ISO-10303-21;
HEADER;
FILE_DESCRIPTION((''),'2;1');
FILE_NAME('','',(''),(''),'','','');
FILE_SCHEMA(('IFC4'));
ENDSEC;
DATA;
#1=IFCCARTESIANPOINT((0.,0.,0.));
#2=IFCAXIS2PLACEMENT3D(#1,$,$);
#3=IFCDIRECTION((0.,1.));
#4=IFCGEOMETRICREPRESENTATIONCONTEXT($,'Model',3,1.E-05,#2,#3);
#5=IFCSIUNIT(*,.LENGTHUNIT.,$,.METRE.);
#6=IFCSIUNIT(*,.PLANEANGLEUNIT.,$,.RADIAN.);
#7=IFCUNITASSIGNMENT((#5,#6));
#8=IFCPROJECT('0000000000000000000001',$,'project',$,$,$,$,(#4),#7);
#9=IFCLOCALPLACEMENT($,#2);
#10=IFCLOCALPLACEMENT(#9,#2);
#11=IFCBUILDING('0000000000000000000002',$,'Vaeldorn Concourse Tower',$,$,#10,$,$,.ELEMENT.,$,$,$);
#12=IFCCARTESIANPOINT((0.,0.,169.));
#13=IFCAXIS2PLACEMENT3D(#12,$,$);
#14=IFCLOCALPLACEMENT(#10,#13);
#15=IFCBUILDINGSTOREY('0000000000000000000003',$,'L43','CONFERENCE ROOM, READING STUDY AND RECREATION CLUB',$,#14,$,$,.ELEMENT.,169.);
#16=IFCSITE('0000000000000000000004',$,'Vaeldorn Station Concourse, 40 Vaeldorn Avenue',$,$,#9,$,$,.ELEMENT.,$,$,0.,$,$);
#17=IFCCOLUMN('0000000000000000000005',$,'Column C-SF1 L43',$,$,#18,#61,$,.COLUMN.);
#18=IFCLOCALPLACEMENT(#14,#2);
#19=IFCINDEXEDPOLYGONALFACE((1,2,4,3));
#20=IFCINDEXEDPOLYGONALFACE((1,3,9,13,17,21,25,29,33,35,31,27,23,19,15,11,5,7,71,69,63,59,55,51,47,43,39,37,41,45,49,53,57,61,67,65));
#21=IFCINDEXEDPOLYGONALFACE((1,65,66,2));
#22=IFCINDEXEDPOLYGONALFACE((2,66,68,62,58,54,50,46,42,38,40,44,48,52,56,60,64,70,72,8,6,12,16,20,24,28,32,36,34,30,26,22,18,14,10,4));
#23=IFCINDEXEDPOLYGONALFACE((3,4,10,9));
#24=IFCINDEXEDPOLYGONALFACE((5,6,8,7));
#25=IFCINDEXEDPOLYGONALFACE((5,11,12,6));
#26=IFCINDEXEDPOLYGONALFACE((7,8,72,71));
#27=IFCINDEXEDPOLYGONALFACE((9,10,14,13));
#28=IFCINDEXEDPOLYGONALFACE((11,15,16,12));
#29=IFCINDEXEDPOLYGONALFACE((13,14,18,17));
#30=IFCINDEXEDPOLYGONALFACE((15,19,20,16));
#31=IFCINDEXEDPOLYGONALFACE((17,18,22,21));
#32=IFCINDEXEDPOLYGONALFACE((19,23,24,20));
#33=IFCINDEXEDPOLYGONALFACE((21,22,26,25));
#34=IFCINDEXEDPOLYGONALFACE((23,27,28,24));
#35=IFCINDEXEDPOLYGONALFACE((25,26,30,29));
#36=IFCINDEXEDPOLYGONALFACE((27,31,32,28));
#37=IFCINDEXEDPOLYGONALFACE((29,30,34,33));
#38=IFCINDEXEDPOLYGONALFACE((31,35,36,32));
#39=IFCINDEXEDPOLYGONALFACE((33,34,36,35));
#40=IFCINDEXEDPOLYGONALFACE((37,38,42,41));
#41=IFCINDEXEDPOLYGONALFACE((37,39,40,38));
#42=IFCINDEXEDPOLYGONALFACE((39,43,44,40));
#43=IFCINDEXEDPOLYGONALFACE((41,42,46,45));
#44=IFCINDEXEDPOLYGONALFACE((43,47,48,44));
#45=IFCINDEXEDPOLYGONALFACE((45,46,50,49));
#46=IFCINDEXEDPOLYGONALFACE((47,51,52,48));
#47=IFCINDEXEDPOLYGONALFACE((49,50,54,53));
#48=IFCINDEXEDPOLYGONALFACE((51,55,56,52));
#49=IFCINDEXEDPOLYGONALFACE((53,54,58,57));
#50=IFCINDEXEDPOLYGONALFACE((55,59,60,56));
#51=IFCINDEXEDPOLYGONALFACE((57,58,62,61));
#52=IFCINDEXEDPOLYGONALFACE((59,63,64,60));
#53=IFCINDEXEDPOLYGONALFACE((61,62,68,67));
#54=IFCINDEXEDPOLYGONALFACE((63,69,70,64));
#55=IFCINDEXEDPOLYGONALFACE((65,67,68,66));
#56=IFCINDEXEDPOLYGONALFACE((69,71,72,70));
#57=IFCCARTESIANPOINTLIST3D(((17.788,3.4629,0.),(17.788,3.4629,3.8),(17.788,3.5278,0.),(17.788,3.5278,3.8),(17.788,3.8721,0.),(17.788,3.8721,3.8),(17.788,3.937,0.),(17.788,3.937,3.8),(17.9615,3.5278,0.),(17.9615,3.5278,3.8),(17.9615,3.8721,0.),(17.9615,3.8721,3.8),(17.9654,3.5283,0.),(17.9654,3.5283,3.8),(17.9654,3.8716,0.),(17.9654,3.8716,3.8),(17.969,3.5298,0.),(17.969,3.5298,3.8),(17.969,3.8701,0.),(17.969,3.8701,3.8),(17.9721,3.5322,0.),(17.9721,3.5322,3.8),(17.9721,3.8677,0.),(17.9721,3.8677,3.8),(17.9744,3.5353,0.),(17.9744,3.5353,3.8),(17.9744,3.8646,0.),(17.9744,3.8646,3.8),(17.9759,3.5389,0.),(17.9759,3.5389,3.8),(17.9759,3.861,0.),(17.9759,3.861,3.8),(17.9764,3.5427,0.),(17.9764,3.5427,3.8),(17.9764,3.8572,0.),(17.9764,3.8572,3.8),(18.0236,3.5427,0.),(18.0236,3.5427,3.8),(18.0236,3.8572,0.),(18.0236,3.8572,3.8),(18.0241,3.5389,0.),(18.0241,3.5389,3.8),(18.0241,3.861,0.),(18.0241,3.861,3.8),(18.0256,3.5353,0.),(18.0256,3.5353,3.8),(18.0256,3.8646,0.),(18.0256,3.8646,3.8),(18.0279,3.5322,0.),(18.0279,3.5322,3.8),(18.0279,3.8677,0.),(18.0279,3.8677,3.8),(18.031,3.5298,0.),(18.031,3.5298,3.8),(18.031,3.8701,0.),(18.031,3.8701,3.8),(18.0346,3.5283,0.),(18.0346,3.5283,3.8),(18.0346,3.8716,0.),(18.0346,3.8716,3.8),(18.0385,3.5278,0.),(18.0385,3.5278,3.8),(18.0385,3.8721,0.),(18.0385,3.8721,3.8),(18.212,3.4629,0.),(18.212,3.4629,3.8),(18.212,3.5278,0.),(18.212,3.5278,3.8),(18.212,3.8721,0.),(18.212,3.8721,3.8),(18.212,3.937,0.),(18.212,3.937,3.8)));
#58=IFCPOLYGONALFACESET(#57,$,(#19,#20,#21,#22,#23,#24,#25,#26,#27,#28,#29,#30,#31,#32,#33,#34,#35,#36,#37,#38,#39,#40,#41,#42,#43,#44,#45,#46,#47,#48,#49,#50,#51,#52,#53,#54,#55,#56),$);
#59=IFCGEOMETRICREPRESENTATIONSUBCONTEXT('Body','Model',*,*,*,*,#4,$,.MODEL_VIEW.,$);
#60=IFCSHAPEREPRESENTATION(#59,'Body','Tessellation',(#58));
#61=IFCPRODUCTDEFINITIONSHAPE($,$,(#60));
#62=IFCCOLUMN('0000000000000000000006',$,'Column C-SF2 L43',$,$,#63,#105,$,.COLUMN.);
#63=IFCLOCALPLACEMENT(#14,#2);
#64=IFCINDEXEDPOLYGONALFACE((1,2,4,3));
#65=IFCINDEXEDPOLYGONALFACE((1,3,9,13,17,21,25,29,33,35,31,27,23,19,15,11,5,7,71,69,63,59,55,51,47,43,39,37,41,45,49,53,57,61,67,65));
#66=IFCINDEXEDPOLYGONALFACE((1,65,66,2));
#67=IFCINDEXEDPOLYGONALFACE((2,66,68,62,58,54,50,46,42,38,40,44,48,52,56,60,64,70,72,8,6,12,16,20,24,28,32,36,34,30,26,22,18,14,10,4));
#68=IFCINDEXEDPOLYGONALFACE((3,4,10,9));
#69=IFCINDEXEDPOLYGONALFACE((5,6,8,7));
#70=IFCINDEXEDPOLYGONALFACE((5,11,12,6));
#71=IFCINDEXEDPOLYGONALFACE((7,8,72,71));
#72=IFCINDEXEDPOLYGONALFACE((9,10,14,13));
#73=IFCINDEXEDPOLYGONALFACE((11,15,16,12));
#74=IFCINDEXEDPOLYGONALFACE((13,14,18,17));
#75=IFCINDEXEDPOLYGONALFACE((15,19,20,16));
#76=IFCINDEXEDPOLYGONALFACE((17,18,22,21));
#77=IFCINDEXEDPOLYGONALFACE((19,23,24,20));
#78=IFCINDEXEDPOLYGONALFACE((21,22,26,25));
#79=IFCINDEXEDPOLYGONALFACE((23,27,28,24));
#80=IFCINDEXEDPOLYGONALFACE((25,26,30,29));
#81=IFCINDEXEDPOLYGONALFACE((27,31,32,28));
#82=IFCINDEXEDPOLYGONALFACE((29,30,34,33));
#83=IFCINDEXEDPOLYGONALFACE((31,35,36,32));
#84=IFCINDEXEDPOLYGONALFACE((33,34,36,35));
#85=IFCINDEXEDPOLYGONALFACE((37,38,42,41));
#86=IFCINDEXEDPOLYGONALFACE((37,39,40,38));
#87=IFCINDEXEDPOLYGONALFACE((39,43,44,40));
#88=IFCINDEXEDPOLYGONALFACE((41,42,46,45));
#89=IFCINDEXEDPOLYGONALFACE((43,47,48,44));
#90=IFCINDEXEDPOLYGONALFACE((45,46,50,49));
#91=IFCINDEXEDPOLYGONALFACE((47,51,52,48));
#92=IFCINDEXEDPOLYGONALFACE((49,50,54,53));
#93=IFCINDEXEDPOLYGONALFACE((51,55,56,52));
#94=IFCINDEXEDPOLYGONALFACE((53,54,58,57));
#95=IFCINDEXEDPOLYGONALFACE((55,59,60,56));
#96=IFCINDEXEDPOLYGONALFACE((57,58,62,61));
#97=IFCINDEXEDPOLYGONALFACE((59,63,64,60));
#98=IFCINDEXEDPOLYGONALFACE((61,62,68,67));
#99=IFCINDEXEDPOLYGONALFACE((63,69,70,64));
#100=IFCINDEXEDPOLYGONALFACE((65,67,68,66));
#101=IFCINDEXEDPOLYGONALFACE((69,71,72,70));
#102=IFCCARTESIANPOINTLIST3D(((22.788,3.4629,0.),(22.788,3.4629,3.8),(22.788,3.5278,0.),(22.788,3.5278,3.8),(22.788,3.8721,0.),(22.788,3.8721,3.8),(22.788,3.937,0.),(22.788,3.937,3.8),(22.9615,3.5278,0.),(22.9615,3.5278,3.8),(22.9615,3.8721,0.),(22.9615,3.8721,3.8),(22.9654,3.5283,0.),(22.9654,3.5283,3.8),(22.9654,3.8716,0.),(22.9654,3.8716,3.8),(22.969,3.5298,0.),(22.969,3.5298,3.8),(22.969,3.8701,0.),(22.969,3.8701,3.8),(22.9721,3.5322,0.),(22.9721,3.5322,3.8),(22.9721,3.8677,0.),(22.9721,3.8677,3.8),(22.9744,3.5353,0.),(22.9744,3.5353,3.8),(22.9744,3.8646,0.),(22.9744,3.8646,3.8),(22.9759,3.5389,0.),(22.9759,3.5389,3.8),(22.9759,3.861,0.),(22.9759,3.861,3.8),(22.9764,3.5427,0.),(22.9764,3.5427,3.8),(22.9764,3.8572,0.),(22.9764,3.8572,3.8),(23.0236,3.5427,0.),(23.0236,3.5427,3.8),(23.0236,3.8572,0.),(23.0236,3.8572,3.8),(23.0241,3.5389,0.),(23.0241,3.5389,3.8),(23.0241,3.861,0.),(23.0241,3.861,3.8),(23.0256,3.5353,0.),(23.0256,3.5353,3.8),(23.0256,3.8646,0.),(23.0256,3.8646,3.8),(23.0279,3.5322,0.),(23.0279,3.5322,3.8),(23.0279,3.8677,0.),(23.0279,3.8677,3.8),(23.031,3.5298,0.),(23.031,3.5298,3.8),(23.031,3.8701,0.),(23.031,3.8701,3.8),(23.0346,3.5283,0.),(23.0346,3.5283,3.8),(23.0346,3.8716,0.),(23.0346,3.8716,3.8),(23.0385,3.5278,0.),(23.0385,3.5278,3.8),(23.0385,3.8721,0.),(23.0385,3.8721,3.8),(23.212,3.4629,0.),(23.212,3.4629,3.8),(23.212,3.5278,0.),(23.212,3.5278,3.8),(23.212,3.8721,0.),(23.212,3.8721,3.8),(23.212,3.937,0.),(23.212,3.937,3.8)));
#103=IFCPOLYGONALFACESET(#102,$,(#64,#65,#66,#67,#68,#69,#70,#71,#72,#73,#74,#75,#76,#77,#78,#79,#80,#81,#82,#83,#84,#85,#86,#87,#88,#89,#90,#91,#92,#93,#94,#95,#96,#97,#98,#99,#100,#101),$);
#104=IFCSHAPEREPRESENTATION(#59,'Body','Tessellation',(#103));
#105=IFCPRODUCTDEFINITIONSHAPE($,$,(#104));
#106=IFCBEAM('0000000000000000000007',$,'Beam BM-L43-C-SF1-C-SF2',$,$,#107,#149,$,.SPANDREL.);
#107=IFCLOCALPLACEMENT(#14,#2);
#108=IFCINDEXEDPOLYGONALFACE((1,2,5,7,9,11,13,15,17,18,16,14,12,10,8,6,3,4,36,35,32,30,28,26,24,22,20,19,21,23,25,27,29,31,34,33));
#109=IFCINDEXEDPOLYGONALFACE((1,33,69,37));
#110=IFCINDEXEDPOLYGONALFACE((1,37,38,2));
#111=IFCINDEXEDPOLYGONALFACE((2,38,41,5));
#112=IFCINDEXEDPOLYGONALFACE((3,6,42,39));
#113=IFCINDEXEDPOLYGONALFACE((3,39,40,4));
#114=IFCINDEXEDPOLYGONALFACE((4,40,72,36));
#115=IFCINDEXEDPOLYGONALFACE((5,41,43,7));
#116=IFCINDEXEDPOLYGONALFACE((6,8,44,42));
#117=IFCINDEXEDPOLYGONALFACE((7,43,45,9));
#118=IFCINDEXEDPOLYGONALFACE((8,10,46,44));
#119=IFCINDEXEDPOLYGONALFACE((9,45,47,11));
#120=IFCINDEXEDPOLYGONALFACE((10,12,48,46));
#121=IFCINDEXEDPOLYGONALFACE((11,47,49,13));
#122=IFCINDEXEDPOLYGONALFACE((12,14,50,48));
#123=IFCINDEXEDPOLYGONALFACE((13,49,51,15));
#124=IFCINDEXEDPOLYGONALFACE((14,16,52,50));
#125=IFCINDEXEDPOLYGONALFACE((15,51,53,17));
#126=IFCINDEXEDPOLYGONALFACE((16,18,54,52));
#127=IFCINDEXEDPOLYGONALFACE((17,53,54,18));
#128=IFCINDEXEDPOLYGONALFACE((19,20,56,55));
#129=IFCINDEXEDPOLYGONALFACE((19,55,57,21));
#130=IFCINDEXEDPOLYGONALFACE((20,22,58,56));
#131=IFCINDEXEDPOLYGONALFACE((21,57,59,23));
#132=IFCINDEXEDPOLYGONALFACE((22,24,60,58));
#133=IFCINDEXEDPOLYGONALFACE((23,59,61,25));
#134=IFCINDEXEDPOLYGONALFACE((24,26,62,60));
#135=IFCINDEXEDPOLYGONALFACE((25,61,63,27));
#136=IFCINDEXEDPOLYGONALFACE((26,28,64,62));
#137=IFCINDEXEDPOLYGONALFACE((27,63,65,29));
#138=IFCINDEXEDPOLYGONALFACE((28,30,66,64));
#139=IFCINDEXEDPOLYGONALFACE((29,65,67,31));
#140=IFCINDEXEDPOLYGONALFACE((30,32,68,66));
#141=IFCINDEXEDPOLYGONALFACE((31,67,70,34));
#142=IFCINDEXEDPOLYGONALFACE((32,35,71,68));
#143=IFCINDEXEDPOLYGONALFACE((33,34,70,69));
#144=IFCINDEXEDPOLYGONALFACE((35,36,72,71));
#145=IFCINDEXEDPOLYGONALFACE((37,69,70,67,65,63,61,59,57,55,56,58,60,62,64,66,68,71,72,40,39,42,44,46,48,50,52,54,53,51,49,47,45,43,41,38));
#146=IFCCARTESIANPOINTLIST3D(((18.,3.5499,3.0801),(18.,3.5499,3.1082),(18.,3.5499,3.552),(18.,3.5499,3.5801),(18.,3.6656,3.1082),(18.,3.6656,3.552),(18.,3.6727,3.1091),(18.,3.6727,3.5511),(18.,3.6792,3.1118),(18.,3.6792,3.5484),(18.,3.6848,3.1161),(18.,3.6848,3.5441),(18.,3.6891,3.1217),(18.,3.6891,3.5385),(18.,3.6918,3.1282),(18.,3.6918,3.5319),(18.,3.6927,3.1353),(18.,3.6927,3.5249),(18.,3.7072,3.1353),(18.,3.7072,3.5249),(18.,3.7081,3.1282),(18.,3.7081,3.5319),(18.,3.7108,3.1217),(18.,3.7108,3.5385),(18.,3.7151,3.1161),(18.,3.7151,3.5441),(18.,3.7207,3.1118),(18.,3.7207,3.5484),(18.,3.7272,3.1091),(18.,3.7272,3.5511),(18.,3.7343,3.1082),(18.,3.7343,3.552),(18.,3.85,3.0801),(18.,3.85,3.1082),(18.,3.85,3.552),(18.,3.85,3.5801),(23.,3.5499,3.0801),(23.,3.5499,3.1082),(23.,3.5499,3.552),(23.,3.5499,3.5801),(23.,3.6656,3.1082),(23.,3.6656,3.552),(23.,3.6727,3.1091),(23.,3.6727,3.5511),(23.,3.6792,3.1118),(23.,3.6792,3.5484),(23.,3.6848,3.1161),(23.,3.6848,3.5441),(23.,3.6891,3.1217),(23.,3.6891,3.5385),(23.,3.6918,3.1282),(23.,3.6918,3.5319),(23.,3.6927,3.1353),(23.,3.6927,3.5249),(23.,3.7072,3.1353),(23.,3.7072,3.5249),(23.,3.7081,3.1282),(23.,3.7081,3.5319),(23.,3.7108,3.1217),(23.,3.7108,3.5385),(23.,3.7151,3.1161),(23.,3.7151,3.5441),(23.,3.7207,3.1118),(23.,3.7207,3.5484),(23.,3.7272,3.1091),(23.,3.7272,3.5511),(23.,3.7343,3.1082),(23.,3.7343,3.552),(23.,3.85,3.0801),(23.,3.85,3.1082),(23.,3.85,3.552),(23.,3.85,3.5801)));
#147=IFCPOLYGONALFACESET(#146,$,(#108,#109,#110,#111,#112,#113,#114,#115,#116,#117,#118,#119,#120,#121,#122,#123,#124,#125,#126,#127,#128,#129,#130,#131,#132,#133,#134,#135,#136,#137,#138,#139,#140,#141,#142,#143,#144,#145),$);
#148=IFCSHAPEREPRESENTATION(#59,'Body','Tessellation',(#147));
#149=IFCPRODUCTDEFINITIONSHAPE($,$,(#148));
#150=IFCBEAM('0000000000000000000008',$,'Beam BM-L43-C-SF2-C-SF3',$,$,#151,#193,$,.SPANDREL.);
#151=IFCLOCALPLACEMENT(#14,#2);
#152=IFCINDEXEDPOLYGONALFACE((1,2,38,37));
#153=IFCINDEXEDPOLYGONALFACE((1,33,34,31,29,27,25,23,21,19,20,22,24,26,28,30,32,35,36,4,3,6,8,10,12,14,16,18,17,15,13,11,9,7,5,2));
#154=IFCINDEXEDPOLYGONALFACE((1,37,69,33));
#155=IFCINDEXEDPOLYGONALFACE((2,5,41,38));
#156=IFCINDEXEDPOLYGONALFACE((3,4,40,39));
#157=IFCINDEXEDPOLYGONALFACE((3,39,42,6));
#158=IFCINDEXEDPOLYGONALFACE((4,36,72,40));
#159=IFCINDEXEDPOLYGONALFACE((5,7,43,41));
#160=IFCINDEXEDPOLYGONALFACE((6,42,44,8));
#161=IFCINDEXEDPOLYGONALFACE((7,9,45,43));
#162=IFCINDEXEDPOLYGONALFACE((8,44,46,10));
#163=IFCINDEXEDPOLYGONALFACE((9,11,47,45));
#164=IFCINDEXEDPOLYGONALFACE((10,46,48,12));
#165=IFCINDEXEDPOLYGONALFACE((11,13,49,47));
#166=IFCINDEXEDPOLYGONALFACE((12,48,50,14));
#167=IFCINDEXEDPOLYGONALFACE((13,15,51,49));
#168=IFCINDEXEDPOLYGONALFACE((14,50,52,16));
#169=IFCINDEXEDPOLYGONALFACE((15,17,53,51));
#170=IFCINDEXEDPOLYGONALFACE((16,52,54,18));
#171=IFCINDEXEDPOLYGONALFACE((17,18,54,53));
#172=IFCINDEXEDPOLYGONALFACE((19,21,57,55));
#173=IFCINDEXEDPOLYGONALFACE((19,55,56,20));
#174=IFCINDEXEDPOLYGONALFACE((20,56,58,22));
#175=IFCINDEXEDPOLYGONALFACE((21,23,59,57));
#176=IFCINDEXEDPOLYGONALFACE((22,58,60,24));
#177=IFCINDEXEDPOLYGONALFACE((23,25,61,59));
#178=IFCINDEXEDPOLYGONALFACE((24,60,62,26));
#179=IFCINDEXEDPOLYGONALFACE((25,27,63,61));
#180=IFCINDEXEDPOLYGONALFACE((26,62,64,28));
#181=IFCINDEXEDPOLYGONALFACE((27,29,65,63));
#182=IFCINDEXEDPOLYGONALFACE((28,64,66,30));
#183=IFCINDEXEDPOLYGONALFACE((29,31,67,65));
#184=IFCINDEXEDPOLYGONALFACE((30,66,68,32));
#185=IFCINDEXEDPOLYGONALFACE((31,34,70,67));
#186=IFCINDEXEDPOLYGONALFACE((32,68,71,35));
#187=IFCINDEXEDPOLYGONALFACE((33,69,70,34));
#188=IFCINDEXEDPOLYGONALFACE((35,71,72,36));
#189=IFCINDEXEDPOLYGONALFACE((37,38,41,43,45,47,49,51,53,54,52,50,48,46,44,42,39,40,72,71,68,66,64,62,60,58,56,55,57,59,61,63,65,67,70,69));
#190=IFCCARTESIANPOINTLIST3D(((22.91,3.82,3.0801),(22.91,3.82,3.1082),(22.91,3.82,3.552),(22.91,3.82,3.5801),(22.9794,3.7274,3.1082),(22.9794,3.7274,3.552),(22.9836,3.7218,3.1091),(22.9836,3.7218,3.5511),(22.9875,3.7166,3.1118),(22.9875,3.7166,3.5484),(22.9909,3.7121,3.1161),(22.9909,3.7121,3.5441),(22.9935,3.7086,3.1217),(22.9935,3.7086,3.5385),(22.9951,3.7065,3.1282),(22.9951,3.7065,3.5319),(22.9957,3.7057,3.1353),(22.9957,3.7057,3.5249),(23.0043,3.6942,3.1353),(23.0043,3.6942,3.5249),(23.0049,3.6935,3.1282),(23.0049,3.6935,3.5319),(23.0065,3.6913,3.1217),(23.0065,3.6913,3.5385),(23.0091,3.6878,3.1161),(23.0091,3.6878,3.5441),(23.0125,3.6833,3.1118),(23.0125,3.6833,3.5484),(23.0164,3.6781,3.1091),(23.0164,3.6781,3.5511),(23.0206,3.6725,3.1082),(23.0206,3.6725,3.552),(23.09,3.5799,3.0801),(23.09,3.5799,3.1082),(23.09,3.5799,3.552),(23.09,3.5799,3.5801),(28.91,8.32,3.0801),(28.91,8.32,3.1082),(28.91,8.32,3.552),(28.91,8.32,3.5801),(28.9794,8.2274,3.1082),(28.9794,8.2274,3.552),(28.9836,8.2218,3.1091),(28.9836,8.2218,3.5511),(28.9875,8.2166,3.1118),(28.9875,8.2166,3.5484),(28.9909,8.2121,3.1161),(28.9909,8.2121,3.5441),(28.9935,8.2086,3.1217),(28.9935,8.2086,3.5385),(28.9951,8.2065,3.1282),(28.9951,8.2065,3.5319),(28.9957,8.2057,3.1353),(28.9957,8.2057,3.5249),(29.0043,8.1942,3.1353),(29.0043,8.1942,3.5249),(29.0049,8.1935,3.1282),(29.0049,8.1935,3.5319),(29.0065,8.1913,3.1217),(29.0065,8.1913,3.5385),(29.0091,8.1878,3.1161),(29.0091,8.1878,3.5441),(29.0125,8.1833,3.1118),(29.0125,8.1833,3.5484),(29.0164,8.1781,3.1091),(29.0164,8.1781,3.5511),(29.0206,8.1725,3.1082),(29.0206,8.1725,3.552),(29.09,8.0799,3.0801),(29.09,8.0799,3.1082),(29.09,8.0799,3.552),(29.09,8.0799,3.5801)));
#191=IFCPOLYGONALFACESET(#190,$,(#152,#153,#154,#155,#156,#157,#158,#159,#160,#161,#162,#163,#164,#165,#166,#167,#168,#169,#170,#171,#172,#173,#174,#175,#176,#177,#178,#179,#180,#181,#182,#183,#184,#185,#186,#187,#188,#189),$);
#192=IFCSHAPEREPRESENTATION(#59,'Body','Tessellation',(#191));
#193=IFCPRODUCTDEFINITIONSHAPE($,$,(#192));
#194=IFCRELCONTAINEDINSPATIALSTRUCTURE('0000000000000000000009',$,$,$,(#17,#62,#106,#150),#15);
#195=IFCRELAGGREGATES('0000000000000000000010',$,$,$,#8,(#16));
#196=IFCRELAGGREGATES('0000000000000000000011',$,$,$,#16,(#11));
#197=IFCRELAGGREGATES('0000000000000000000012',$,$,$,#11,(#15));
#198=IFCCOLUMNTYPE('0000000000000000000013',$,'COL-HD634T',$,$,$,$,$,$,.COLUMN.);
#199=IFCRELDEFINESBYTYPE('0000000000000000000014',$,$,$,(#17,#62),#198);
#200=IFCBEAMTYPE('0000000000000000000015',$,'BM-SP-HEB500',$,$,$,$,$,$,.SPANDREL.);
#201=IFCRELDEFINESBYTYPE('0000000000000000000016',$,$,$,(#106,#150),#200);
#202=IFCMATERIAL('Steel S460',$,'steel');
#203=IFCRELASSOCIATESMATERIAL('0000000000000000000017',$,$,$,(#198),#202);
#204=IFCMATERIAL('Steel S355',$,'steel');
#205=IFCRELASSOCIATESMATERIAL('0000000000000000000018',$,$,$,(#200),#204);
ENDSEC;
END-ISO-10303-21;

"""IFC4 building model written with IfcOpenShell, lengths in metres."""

from ifc_helpers import new_model, si_unit, direction, frame, origin, origin_2d, place, context, subcontext, project, spatial, i_section, extrude, source, transform, mapped, material, material_profile, profile_set, type_object, element, save


model = new_model("IFC4")

# Units and contexts
model_context = context("Model", 3, precision=1e-05, world=origin(), true_north=direction((0.0, 1.0)))
body_context = subcontext(model_context, "Body", "Model", "MODEL_VIEW")
ifc_project = project(units=[si_unit("LENGTHUNIT", "METRE"), si_unit("PLANEANGLEUNIT", "RADIAN")], contexts=[model_context])

# Site, building, storey
site_placement = place(None, origin())
site = spatial("IfcSite", under=ifc_project, at=site_placement, Name="Vaeldorn Station Concourse, 40 Vaeldorn Avenue", CompositionType="ELEMENT", RefElevation=0.0)
building_placement = place(site_placement, origin())
building = spatial("IfcBuilding", under=site, at=building_placement, Name="Vaeldorn Concourse Tower", CompositionType="ELEMENT")
storey_placement = place(building_placement, frame((0.0, 0.0, 169.0)))
storey = spatial("IfcBuildingStorey", under=building, at=storey_placement, Name="L43", Description="CONFERENCE ROOM, READING STUDY AND RECREATION CLUB", CompositionType="ELEMENT", Elevation=169.0)

# Columns
ifc_material_1 = material(Name="Steel S460", Category="steel")
ifc_material_profile_1 = material_profile(ifc_material_1, i_section(OverallWidth=0.4241, OverallDepth=0.4741, WebThickness=0.0471, FlangeThickness=0.0649, FilletRadius=0.0149, at=origin_2d()), Name="HD 400x634")
ifc_profile_set_1 = profile_set([ifc_material_profile_1], Name="Steel S460")
column_type = type_object("IfcColumnType", Name="COL-HD634T", PredefinedType="COLUMN", material=ifc_profile_set_1)
shared_shape_1 = source(origin(), body_context, "Body", "SweptSolid", [
    extrude(i_section(OverallWidth=0.4241, OverallDepth=0.4741, WebThickness=0.0471, FlangeThickness=0.0649, FilletRadius=0.0149, at=origin_2d()), origin(), (0.0, 0.0, 1.0), 3.8),
])
for number, where, z_axis, x_axis, name in (
    (1, (18.0, 3.7, 0.0), (0.0, 0.0, 1.0), (1.0, 0.0, 0.0), "Column C-SF1 L43"),
    (2, (23.0, 3.7, 0.0), (0.0, 0.0, 1.0), (1.0, 0.0, 0.0), "Column C-SF2 L43"),
):
    element("IfcColumn", number, at=place(storey_placement, frame(where, z_axis=z_axis, x_axis=x_axis)), inside=storey, type_object=column_type, Name=name, PredefinedType="COLUMN", context=body_context, shape_type="MappedRepresentation", body=[
        mapped(shared_shape_1, transform((0.0, 0.0, 0.0), scale=1.0)),
    ])

# Beams
ifc_material_2 = material(Name="Steel S355", Category="steel")
ifc_material_profile_2 = material_profile(ifc_material_2, i_section(OverallWidth=0.3, OverallDepth=0.5, WebThickness=0.0144, FlangeThickness=0.0281, FilletRadius=0.0271, at=origin_2d()), Name="HEB 500")
ifc_profile_set_2 = profile_set([ifc_material_profile_2], Name="Steel S355")
beam_type_1 = type_object("IfcBeamType", Name="BM-SP-HEB500", PredefinedType="SPANDREL", material=ifc_profile_set_2)
shared_shape_2 = source(origin(), body_context, "Body", "SweptSolid", [
    extrude(i_section(OverallWidth=0.3, OverallDepth=0.5, WebThickness=0.0144, FlangeThickness=0.0281, FilletRadius=0.0271, at=origin_2d()), origin(), (0.0, 0.0, 1.0), 5.0),
])
beam_1_placement = place(storey_placement, frame((18.0, 3.7, 3.3301), z_axis=(1.0, 0.0, 0.0), x_axis=(0.0, 1.0, 0.0)))
element("IfcBeam", 3, at=beam_1_placement, inside=storey, type_object=beam_type_1, Name="Beam BM-L43-C-SF1-C-SF2", PredefinedType="SPANDREL", context=body_context, shape_type="MappedRepresentation", body=[
    mapped(shared_shape_2, transform((0.0, 0.0, 0.0), scale=1.0)),
])
shared_shape_3 = source(origin(), body_context, "Body", "SweptSolid", [
    extrude(i_section(OverallWidth=0.3, OverallDepth=0.5, WebThickness=0.0144, FlangeThickness=0.0281, FilletRadius=0.0271, at=origin_2d()), origin(), (0.0, 0.0, 1.0), 7.5),
])
beam_2_placement = place(storey_placement, frame((23.0, 3.7, 3.3301), z_axis=(0.8, 0.6, 0.0), x_axis=(-0.6, 0.8, 0.0)))
element("IfcBeam", 4, at=beam_2_placement, inside=storey, type_object=beam_type_1, Name="Beam BM-L43-C-SF2-C-SF3", PredefinedType="SPANDREL", context=body_context, shape_type="MappedRepresentation", body=[
    mapped(shared_shape_3, transform((0.0, 0.0, 0.0), scale=1.0)),
])

save(model, "model.ifc")
